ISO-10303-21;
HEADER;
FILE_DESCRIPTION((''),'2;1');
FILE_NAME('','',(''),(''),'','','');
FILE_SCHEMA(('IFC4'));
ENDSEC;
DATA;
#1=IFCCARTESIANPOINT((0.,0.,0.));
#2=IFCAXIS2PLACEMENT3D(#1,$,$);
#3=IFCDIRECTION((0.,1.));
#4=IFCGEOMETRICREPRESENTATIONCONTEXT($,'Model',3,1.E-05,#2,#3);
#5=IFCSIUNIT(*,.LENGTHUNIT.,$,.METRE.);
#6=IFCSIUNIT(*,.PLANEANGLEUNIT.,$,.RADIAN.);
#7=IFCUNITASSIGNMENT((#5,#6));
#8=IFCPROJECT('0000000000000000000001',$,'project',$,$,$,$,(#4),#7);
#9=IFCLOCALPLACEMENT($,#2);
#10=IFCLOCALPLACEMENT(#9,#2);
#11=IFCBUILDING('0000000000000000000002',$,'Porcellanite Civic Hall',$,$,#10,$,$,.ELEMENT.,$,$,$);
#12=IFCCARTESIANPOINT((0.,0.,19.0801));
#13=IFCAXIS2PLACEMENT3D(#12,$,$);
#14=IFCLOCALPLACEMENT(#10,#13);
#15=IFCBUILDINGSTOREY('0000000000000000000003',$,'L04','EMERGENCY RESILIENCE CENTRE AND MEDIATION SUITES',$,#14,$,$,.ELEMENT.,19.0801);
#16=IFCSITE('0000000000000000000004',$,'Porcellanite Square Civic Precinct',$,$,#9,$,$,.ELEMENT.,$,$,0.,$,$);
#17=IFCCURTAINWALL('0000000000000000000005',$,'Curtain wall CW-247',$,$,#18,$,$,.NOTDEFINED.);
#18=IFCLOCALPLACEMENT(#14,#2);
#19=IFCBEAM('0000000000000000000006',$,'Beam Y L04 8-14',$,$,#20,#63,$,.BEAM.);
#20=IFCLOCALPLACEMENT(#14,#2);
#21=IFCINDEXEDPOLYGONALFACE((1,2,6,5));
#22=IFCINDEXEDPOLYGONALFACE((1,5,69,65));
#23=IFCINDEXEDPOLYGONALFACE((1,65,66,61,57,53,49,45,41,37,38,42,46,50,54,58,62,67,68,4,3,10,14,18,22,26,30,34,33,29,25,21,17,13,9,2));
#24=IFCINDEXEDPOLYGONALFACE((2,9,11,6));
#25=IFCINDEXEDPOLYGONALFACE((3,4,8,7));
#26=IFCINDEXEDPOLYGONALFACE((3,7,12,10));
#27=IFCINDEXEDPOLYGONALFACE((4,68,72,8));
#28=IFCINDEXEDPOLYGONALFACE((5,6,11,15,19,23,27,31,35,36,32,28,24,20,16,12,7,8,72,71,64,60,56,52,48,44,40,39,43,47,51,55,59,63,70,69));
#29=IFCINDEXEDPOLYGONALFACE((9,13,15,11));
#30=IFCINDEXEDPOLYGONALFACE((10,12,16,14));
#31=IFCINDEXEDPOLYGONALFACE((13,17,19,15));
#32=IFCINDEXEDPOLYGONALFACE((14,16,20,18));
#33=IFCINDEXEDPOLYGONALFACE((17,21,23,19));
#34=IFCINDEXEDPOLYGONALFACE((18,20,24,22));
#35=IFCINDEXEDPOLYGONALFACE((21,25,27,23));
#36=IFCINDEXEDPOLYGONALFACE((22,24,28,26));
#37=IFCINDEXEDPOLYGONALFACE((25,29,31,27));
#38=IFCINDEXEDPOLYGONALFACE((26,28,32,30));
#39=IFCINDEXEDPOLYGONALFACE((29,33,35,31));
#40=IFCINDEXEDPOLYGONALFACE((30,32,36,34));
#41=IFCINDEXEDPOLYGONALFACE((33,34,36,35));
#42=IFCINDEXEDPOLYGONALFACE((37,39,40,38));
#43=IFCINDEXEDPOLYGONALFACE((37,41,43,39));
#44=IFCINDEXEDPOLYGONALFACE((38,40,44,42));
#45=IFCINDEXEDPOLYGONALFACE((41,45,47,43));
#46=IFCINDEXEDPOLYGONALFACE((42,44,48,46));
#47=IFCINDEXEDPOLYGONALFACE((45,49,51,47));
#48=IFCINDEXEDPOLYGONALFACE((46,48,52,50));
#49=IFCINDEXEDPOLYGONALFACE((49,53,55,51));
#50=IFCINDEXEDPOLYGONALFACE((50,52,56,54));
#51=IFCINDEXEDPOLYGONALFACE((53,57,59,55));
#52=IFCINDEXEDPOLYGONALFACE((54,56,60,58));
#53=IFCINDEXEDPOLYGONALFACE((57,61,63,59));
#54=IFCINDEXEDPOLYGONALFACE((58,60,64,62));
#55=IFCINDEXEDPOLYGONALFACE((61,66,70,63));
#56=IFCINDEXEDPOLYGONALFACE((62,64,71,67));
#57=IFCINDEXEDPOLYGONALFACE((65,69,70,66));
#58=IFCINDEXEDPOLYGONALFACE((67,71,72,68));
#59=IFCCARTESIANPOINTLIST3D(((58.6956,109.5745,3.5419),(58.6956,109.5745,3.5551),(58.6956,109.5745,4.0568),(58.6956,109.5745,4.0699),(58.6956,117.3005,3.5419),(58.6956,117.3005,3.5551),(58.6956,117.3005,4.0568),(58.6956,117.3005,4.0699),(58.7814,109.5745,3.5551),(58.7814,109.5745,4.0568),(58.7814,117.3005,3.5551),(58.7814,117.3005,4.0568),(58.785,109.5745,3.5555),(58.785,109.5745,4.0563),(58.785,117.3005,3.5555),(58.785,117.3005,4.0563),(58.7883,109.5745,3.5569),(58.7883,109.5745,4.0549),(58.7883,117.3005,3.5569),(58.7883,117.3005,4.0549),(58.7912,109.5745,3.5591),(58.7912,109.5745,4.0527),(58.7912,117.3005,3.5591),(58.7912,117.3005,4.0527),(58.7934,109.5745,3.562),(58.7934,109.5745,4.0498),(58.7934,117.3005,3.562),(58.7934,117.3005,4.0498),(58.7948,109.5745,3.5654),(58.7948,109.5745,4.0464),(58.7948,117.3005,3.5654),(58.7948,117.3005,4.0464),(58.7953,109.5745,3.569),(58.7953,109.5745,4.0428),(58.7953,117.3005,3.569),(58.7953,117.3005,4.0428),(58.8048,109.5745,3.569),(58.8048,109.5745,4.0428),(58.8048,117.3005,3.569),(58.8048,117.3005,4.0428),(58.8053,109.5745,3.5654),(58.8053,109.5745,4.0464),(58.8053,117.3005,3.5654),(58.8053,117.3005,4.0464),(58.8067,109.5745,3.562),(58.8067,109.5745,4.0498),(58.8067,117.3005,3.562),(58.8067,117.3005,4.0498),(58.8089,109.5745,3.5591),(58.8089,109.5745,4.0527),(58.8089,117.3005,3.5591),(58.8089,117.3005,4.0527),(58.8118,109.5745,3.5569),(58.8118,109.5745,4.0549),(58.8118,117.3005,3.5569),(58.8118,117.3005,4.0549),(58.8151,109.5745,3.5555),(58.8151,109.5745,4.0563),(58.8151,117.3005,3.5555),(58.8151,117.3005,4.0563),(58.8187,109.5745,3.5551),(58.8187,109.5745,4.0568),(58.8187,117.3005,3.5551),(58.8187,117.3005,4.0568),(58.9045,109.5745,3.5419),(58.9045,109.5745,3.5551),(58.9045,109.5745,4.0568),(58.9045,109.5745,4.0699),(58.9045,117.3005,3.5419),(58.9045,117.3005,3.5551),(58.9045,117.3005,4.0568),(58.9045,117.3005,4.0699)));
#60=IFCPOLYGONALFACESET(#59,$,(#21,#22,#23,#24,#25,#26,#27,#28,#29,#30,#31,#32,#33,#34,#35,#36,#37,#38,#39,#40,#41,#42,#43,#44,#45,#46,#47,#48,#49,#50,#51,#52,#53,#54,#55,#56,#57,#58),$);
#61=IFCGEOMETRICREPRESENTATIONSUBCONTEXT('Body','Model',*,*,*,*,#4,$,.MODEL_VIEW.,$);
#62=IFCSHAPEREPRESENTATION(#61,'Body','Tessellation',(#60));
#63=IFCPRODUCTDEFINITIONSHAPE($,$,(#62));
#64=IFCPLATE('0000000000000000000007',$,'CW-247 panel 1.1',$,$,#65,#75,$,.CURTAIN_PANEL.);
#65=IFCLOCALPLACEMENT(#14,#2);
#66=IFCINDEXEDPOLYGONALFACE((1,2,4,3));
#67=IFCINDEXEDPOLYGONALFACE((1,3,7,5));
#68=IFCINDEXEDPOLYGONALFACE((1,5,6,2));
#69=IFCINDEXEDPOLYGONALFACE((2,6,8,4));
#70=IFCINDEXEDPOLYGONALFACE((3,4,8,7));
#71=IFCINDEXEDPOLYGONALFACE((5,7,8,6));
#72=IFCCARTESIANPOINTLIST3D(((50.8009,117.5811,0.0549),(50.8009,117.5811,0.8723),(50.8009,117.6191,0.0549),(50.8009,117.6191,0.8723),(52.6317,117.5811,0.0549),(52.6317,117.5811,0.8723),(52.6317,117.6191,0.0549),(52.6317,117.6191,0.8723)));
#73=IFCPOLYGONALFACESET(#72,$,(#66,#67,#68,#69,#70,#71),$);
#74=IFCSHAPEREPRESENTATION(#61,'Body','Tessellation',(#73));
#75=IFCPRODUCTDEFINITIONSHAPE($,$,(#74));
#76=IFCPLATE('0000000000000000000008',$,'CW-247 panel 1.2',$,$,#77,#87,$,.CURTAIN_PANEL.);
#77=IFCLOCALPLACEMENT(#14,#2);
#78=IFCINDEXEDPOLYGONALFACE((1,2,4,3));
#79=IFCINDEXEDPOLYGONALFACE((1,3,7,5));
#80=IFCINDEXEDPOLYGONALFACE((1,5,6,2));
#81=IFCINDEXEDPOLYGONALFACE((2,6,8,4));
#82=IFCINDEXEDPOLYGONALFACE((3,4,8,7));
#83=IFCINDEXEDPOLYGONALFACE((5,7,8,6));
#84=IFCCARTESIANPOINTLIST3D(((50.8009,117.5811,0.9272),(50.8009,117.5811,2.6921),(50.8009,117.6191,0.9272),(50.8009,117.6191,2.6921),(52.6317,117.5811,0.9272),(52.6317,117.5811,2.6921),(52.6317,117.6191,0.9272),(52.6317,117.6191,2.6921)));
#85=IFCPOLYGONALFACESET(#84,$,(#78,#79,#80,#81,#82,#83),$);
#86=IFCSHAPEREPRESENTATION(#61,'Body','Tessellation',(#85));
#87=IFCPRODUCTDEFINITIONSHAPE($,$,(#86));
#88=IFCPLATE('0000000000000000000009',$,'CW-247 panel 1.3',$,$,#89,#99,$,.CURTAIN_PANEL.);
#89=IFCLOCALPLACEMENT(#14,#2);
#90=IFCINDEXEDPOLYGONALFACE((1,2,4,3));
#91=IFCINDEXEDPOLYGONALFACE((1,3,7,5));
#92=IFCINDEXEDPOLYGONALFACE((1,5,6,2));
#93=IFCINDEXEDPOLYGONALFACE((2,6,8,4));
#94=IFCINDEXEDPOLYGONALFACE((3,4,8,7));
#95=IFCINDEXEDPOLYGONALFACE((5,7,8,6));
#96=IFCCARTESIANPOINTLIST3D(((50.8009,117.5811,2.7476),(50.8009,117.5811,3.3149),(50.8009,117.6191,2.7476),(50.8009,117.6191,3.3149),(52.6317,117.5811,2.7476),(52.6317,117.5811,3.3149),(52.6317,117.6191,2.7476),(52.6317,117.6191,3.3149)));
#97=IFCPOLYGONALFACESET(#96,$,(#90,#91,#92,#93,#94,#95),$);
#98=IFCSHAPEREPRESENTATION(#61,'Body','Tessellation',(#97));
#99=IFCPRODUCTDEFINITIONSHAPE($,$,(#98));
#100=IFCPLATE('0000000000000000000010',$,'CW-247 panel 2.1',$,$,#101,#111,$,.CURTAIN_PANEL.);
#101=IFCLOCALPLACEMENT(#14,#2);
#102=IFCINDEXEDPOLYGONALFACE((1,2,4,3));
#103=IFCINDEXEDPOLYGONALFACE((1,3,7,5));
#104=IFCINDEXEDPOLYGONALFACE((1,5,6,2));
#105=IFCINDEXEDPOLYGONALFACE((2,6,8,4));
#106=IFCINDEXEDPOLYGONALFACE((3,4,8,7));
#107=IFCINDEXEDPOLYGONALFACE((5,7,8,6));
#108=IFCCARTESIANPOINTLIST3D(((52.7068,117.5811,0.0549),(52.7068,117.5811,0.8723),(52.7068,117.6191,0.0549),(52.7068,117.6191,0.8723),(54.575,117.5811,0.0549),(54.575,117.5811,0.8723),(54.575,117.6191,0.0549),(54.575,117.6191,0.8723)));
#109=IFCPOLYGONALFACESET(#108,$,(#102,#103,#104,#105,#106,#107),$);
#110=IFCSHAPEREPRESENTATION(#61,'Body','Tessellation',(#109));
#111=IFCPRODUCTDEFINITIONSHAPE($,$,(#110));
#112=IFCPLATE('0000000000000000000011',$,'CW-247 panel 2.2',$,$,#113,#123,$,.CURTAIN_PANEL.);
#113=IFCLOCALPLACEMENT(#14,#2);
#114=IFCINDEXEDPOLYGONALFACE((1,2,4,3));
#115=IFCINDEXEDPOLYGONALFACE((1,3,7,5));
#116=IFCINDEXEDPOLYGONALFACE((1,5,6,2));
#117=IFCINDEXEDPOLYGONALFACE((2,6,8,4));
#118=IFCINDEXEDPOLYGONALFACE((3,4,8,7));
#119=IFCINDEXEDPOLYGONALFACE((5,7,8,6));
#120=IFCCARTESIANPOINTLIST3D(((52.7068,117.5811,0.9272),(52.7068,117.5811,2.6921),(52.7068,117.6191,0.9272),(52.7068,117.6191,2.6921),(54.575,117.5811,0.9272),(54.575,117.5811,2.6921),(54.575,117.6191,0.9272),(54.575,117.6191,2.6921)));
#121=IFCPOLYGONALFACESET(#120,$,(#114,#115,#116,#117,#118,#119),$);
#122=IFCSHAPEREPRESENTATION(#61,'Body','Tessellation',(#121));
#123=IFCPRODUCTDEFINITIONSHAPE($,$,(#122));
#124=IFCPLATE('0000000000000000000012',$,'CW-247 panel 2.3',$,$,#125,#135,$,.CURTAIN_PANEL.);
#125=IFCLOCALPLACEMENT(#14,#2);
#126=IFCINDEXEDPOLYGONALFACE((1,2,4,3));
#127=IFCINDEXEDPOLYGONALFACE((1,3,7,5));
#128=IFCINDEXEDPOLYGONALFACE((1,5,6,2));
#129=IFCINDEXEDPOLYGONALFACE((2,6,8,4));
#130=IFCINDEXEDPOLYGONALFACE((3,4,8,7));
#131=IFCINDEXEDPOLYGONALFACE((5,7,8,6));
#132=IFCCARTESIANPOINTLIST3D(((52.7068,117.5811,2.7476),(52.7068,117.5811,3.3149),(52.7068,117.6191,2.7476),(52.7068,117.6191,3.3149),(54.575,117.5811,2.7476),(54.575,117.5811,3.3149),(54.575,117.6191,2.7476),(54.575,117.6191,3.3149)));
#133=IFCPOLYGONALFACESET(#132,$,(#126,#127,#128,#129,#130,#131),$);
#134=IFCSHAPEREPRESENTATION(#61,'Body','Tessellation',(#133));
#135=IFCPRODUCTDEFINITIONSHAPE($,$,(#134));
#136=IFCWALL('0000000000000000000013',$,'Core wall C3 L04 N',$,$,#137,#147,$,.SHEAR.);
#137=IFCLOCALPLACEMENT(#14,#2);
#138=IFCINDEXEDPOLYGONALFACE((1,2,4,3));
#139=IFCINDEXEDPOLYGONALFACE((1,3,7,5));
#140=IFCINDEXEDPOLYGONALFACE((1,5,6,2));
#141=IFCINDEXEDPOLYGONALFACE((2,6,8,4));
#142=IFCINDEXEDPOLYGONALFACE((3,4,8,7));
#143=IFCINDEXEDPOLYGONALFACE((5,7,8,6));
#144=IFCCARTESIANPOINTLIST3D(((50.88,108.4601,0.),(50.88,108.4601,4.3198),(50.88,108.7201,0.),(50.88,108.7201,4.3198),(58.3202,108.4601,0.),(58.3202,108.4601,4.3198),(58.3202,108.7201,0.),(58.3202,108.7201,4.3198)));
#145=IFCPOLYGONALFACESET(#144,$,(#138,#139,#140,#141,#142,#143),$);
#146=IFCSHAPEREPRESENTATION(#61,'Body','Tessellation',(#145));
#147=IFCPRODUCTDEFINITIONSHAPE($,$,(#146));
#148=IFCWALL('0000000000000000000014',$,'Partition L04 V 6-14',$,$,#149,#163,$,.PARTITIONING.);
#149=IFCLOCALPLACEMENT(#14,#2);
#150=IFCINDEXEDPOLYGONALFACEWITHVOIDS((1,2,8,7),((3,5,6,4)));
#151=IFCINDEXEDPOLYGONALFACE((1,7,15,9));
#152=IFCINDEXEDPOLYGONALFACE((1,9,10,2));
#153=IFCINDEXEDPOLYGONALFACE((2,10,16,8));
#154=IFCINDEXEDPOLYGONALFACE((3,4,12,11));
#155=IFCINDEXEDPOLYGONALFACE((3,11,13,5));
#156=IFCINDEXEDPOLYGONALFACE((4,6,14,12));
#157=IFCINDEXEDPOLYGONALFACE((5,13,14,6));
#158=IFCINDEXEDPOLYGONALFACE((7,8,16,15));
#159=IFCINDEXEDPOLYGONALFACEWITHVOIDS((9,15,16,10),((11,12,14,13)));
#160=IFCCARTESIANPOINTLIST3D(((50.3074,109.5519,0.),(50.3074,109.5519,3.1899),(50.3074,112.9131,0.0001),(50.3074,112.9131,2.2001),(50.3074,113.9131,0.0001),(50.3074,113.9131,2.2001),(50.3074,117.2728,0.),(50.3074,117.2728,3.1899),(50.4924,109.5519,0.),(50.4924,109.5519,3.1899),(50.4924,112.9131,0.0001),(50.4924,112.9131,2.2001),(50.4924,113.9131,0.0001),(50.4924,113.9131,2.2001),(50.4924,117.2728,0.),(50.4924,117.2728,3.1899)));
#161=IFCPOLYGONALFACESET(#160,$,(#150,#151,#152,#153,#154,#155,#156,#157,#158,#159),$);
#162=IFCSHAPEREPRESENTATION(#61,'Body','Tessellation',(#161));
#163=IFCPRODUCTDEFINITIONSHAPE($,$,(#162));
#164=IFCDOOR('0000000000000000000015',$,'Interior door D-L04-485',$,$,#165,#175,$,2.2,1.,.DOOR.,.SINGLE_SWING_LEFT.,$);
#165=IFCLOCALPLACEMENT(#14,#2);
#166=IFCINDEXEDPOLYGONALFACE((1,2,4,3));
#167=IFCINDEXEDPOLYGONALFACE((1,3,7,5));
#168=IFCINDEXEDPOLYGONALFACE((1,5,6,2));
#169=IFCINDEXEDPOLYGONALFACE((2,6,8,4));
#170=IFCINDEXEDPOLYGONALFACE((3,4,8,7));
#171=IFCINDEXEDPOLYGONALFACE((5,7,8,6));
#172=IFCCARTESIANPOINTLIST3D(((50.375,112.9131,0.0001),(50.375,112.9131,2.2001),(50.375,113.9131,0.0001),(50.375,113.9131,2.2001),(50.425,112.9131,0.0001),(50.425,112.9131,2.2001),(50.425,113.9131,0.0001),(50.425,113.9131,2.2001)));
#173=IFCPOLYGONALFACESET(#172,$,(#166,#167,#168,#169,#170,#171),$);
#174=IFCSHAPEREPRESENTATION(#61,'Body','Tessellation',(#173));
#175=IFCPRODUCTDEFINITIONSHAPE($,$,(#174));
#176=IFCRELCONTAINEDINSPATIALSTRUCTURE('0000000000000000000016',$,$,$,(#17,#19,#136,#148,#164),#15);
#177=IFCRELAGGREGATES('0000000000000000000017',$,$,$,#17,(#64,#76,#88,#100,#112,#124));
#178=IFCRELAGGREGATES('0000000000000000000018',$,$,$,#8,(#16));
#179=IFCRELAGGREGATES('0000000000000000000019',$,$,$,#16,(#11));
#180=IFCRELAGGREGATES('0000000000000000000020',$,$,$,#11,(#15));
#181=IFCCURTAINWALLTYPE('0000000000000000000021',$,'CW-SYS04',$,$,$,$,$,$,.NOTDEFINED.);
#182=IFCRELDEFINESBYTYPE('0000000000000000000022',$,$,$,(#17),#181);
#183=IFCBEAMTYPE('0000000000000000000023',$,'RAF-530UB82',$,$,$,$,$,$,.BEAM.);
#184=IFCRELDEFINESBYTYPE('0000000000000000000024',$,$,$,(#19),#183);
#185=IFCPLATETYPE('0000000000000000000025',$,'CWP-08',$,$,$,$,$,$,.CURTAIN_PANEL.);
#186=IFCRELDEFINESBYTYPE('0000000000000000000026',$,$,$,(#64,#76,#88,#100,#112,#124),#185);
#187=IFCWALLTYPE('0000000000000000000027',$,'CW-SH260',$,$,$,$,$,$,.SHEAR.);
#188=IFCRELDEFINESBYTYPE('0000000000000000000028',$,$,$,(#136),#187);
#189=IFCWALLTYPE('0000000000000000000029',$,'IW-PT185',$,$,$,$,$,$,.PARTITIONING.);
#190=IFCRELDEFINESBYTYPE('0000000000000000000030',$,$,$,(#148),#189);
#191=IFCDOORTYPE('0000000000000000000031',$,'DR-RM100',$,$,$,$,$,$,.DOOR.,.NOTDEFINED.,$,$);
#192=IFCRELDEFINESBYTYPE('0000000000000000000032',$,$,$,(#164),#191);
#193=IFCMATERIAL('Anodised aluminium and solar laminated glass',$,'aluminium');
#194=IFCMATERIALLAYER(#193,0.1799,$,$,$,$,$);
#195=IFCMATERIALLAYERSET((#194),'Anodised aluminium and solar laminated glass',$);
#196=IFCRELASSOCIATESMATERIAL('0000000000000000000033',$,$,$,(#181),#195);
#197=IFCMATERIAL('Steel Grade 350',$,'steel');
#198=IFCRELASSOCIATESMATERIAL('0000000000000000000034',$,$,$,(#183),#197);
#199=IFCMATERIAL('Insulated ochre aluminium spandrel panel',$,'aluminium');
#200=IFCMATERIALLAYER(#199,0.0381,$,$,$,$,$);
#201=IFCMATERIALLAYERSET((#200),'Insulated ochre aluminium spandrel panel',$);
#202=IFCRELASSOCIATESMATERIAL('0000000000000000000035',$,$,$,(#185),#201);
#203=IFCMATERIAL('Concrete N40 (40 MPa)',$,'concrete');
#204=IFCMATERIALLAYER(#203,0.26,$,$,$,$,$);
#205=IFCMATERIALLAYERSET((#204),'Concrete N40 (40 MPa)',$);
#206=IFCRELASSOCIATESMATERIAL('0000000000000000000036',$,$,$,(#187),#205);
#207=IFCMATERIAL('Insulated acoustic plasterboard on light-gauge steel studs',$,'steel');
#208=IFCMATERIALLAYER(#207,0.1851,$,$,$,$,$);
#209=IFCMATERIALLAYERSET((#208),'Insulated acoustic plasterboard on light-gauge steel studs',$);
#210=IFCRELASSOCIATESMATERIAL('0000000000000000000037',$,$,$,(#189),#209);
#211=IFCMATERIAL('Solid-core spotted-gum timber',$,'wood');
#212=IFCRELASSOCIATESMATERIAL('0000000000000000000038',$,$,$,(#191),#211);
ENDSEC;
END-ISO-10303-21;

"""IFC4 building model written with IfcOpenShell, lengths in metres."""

from ifc_helpers import new_model, si_unit, direction, frame, frame_2d, origin, origin_2d, place, context, subcontext, project, spatial, rectangle, i_section, extrude, material, layer, layer_set, material_profile, profile_set, type_object, element, fill, aggregate, save


model = new_model("IFC4")

# Units and contexts
model_context = context("Model", 3, precision=1e-05, world=origin(), true_north=direction((0.0, 1.0)))
body_context = subcontext(model_context, "Body", "Model", "MODEL_VIEW")
ifc_project = project(units=[si_unit("LENGTHUNIT", "METRE"), si_unit("PLANEANGLEUNIT", "RADIAN")], contexts=[model_context])

# Site, building, storey
site_placement = place(None, origin())
site = spatial("IfcSite", under=ifc_project, at=site_placement, Name="Porcellanite Square Civic Precinct", CompositionType="ELEMENT", RefElevation=0.0)
building_placement = place(site_placement, origin())
building = spatial("IfcBuilding", under=site, at=building_placement, Name="Porcellanite Civic Hall", CompositionType="ELEMENT")
storey_placement = place(building_placement, frame((0.0, 0.0, 19.0801)))
storey = spatial("IfcBuildingStorey", under=building, at=storey_placement, Name="L04", Description="EMERGENCY RESILIENCE CENTRE AND MEDIATION SUITES", CompositionType="ELEMENT", Elevation=19.0801)

# Curtain wall
ifc_material_1 = material(Name="Anodised aluminium and solar laminated glass", Category="aluminium")
ifc_layer_1 = layer(ifc_material_1, 0.1799)
ifc_layer_set_1 = layer_set([ifc_layer_1], Name="Anodised aluminium and solar laminated glass")
curtain_wall_type = type_object("IfcCurtainWallType", Name="CW-SYS04", PredefinedType="NOTDEFINED", material=ifc_layer_set_1)
curtain_wall_placement = place(storey_placement, origin())
curtain_wall = element("IfcCurtainWall", 1, at=curtain_wall_placement, inside=storey, type_object=curtain_wall_type, Name="Curtain wall CW-247", PredefinedType="NOTDEFINED")

# Beam
ifc_material_2 = material(Name="Steel Grade 350", Category="steel")
ifc_material_profile_1 = material_profile(ifc_material_2, i_section(OverallWidth=0.209, OverallDepth=0.5281, WebThickness=0.0095, FlangeThickness=0.0132, FilletRadius=0.0139, at=origin_2d()), Name="530UB82.0")
ifc_profile_set_1 = profile_set([ifc_material_profile_1], Name="Steel Grade 350")
beam_type_1 = type_object("IfcBeamType", Name="RAF-530UB82", PredefinedType="BEAM", material=ifc_profile_set_1)
beam_1_placement = place(storey_placement, frame((58.8, 109.5745, 3.8059), z_axis=(0.0, 1.0, 0.0), x_axis=(-1.0, 0.0, 0.0)))
element("IfcBeam", 2, at=beam_1_placement, inside=storey, type_object=beam_type_1, Name="Beam Y L04 8-14", PredefinedType="BEAM", context=body_context, shape_type="SweptSolid", body=[
    extrude(i_section(OverallWidth=0.209, OverallDepth=0.5281, WebThickness=0.0095, FlangeThickness=0.0132, FilletRadius=0.0139, at=origin_2d()), origin(), (0.0, 0.0, 1.0), 7.7261),
])

# Plates
ifc_material_3 = material(Name="Insulated ochre aluminium spandrel panel", Category="aluminium")
ifc_layer_2 = layer(ifc_material_3, 0.0381)
ifc_layer_set_2 = layer_set([ifc_layer_2], Name="Insulated ochre aluminium spandrel panel")
plate_type = type_object("IfcPlateType", Name="CWP-08", PredefinedType="CURTAIN_PANEL", material=ifc_layer_set_2)
plate_1_placement = place(storey_placement, frame((51.7163, 117.6001, 0.0549), z_axis=(0.0, 0.0, 1.0), x_axis=(1.0, 0.0, 0.0)))
plate_1 = element("IfcPlate", 3, at=plate_1_placement, type_object=plate_type, Name="CW-247 panel 1.1", PredefinedType="CURTAIN_PANEL", context=body_context, shape_type="SweptSolid", body=[
    extrude(rectangle(XDim=1.8308, YDim=0.0381, at=origin_2d()), origin(), (0.0, 0.0, 1.0), 0.8174),
])
plate_2_placement = place(storey_placement, frame((51.7163, 117.6001, 0.9272), z_axis=(0.0, 0.0, 1.0), x_axis=(1.0, 0.0, 0.0)))
plate_2 = element("IfcPlate", 4, at=plate_2_placement, type_object=plate_type, Name="CW-247 panel 1.2", PredefinedType="CURTAIN_PANEL", context=body_context, shape_type="SweptSolid", body=[
    extrude(rectangle(XDim=1.8308, YDim=0.0381, at=origin_2d()), origin(), (0.0, 0.0, 1.0), 1.7649),
])
plate_3_placement = place(storey_placement, frame((51.7163, 117.6001, 2.7476), z_axis=(0.0, 0.0, 1.0), x_axis=(1.0, 0.0, 0.0)))
plate_3 = element("IfcPlate", 5, at=plate_3_placement, type_object=plate_type, Name="CW-247 panel 1.3", PredefinedType="CURTAIN_PANEL", context=body_context, shape_type="SweptSolid", body=[
    extrude(rectangle(XDim=1.8308, YDim=0.0381, at=origin_2d()), origin(), (0.0, 0.0, 1.0), 0.5674),
])
plate_4_placement = place(storey_placement, frame((53.6409, 117.6001, 0.0549), z_axis=(0.0, 0.0, 1.0), x_axis=(1.0, 0.0, 0.0)))
plate_4 = element("IfcPlate", 6, at=plate_4_placement, type_object=plate_type, Name="CW-247 panel 2.1", PredefinedType="CURTAIN_PANEL", context=body_context, shape_type="SweptSolid", body=[
    extrude(rectangle(XDim=1.8682, YDim=0.0381, at=origin_2d()), origin(), (0.0, 0.0, 1.0), 0.8174),
])
plate_5_placement = place(storey_placement, frame((53.6409, 117.6001, 0.9272), z_axis=(0.0, 0.0, 1.0), x_axis=(1.0, 0.0, 0.0)))
plate_5 = element("IfcPlate", 7, at=plate_5_placement, type_object=plate_type, Name="CW-247 panel 2.2", PredefinedType="CURTAIN_PANEL", context=body_context, shape_type="SweptSolid", body=[
    extrude(rectangle(XDim=1.8682, YDim=0.0381, at=origin_2d()), origin(), (0.0, 0.0, 1.0), 1.7649),
])
plate_6_placement = place(storey_placement, frame((53.6409, 117.6001, 2.7476), z_axis=(0.0, 0.0, 1.0), x_axis=(1.0, 0.0, 0.0)))
plate_6 = element("IfcPlate", 8, at=plate_6_placement, type_object=plate_type, Name="CW-247 panel 2.3", PredefinedType="CURTAIN_PANEL", context=body_context, shape_type="SweptSolid", body=[
    extrude(rectangle(XDim=1.8682, YDim=0.0381, at=origin_2d()), origin(), (0.0, 0.0, 1.0), 0.5674),
])
aggregate(curtain_wall, [plate_1, plate_2, plate_3, plate_4, plate_5, plate_6])

# Wall
ifc_material_4 = material(Name="Concrete N40 (40 MPa)", Category="concrete")
ifc_layer_3 = layer(ifc_material_4, 0.26)
ifc_layer_set_3 = layer_set([ifc_layer_3], Name="Concrete N40 (40 MPa)")
wall_type_1 = type_object("IfcWallType", Name="CW-SH260", PredefinedType="SHEAR", material=ifc_layer_set_3)
wall_1_placement = place(storey_placement, frame((50.8799, 108.5901, 0.0), z_axis=(0.0, 0.0, 1.0), x_axis=(1.0, 0.0, 0.0)))
element("IfcWall", 9, at=wall_1_placement, inside=storey, type_object=wall_type_1, Name="Core wall C3 L04 N", PredefinedType="SHEAR", context=body_context, shape_type="SweptSolid", body=[
    extrude(rectangle(XDim=7.4402, YDim=0.26, at=frame_2d((3.7202, 0.0))), origin(), (0.0, 0.0, 1.0), 4.3198),
])

# Wall, opening, door
ifc_material_5 = material(Name="Insulated acoustic plasterboard on light-gauge steel studs", Category="steel")
ifc_layer_4 = layer(ifc_material_5, 0.1851)
ifc_layer_set_4 = layer_set([ifc_layer_4], Name="Insulated acoustic plasterboard on light-gauge steel studs")
wall_type_2 = type_object("IfcWallType", Name="IW-PT185", PredefinedType="PARTITIONING", material=ifc_layer_set_4)
wall_2_placement = place(storey_placement, frame((50.3999, 109.552, 0.0), z_axis=(0.0, 0.0, 1.0), x_axis=(0.0, 1.0, 0.0)))
wall_2 = element("IfcWall", 10, at=wall_2_placement, inside=storey, type_object=wall_type_2, Name="Partition L04 V 6-14", PredefinedType="PARTITIONING", context=body_context, shape_type="SweptSolid", body=[
    extrude(rectangle(XDim=7.7209, YDim=0.1851, at=frame_2d((3.8604, 0.0))), origin(), (0.0, 0.0, 1.0), 3.1899),
])
opening_1_placement = place(wall_2_placement, frame((3.3611, 0.0, 0.0)))
opening_1 = element("IfcOpeningElement", 11, at=opening_1_placement, cuts=wall_2, PredefinedType="OPENING", context=body_context, shape_type="SweptSolid", body=[
    extrude(rectangle(XDim=1.0, YDim=2.2, at=frame_2d((0.5, 1.1001))), frame((0.0, 0.0925, 0.0), z_axis=(0.0, -1.0, 0.0), x_axis=(1.0, 0.0, 0.0)), (0.0, 0.0, 1.0), 0.1851),
])
ifc_material_6 = material(Name="Solid-core spotted-gum timber", Category="wood")
door_type_1 = type_object("IfcDoorType", Name="DR-RM100", OperationType="NOTDEFINED", PredefinedType="DOOR", material=ifc_material_6)
door_1_placement = place(opening_1_placement, origin())
door_1 = element("IfcDoor", 12, at=door_1_placement, inside=storey, type_object=door_type_1, Name="Interior door D-L04-485", OperationType="SINGLE_SWING_LEFT", OverallHeight=2.2, OverallWidth=1.0, PredefinedType="DOOR", context=body_context, shape_type="SweptSolid", body=[
    extrude(rectangle(XDim=1.0, YDim=2.2, at=frame_2d((0.5, 1.1001))), frame((0.0, 0.0249, 0.0), z_axis=(0.0, -1.0, 0.0), x_axis=(1.0, 0.0, 0.0)), (0.0, 0.0, 1.0), 0.05),
])
fill(opening_1, door_1)

save(model, "model.ifc")
